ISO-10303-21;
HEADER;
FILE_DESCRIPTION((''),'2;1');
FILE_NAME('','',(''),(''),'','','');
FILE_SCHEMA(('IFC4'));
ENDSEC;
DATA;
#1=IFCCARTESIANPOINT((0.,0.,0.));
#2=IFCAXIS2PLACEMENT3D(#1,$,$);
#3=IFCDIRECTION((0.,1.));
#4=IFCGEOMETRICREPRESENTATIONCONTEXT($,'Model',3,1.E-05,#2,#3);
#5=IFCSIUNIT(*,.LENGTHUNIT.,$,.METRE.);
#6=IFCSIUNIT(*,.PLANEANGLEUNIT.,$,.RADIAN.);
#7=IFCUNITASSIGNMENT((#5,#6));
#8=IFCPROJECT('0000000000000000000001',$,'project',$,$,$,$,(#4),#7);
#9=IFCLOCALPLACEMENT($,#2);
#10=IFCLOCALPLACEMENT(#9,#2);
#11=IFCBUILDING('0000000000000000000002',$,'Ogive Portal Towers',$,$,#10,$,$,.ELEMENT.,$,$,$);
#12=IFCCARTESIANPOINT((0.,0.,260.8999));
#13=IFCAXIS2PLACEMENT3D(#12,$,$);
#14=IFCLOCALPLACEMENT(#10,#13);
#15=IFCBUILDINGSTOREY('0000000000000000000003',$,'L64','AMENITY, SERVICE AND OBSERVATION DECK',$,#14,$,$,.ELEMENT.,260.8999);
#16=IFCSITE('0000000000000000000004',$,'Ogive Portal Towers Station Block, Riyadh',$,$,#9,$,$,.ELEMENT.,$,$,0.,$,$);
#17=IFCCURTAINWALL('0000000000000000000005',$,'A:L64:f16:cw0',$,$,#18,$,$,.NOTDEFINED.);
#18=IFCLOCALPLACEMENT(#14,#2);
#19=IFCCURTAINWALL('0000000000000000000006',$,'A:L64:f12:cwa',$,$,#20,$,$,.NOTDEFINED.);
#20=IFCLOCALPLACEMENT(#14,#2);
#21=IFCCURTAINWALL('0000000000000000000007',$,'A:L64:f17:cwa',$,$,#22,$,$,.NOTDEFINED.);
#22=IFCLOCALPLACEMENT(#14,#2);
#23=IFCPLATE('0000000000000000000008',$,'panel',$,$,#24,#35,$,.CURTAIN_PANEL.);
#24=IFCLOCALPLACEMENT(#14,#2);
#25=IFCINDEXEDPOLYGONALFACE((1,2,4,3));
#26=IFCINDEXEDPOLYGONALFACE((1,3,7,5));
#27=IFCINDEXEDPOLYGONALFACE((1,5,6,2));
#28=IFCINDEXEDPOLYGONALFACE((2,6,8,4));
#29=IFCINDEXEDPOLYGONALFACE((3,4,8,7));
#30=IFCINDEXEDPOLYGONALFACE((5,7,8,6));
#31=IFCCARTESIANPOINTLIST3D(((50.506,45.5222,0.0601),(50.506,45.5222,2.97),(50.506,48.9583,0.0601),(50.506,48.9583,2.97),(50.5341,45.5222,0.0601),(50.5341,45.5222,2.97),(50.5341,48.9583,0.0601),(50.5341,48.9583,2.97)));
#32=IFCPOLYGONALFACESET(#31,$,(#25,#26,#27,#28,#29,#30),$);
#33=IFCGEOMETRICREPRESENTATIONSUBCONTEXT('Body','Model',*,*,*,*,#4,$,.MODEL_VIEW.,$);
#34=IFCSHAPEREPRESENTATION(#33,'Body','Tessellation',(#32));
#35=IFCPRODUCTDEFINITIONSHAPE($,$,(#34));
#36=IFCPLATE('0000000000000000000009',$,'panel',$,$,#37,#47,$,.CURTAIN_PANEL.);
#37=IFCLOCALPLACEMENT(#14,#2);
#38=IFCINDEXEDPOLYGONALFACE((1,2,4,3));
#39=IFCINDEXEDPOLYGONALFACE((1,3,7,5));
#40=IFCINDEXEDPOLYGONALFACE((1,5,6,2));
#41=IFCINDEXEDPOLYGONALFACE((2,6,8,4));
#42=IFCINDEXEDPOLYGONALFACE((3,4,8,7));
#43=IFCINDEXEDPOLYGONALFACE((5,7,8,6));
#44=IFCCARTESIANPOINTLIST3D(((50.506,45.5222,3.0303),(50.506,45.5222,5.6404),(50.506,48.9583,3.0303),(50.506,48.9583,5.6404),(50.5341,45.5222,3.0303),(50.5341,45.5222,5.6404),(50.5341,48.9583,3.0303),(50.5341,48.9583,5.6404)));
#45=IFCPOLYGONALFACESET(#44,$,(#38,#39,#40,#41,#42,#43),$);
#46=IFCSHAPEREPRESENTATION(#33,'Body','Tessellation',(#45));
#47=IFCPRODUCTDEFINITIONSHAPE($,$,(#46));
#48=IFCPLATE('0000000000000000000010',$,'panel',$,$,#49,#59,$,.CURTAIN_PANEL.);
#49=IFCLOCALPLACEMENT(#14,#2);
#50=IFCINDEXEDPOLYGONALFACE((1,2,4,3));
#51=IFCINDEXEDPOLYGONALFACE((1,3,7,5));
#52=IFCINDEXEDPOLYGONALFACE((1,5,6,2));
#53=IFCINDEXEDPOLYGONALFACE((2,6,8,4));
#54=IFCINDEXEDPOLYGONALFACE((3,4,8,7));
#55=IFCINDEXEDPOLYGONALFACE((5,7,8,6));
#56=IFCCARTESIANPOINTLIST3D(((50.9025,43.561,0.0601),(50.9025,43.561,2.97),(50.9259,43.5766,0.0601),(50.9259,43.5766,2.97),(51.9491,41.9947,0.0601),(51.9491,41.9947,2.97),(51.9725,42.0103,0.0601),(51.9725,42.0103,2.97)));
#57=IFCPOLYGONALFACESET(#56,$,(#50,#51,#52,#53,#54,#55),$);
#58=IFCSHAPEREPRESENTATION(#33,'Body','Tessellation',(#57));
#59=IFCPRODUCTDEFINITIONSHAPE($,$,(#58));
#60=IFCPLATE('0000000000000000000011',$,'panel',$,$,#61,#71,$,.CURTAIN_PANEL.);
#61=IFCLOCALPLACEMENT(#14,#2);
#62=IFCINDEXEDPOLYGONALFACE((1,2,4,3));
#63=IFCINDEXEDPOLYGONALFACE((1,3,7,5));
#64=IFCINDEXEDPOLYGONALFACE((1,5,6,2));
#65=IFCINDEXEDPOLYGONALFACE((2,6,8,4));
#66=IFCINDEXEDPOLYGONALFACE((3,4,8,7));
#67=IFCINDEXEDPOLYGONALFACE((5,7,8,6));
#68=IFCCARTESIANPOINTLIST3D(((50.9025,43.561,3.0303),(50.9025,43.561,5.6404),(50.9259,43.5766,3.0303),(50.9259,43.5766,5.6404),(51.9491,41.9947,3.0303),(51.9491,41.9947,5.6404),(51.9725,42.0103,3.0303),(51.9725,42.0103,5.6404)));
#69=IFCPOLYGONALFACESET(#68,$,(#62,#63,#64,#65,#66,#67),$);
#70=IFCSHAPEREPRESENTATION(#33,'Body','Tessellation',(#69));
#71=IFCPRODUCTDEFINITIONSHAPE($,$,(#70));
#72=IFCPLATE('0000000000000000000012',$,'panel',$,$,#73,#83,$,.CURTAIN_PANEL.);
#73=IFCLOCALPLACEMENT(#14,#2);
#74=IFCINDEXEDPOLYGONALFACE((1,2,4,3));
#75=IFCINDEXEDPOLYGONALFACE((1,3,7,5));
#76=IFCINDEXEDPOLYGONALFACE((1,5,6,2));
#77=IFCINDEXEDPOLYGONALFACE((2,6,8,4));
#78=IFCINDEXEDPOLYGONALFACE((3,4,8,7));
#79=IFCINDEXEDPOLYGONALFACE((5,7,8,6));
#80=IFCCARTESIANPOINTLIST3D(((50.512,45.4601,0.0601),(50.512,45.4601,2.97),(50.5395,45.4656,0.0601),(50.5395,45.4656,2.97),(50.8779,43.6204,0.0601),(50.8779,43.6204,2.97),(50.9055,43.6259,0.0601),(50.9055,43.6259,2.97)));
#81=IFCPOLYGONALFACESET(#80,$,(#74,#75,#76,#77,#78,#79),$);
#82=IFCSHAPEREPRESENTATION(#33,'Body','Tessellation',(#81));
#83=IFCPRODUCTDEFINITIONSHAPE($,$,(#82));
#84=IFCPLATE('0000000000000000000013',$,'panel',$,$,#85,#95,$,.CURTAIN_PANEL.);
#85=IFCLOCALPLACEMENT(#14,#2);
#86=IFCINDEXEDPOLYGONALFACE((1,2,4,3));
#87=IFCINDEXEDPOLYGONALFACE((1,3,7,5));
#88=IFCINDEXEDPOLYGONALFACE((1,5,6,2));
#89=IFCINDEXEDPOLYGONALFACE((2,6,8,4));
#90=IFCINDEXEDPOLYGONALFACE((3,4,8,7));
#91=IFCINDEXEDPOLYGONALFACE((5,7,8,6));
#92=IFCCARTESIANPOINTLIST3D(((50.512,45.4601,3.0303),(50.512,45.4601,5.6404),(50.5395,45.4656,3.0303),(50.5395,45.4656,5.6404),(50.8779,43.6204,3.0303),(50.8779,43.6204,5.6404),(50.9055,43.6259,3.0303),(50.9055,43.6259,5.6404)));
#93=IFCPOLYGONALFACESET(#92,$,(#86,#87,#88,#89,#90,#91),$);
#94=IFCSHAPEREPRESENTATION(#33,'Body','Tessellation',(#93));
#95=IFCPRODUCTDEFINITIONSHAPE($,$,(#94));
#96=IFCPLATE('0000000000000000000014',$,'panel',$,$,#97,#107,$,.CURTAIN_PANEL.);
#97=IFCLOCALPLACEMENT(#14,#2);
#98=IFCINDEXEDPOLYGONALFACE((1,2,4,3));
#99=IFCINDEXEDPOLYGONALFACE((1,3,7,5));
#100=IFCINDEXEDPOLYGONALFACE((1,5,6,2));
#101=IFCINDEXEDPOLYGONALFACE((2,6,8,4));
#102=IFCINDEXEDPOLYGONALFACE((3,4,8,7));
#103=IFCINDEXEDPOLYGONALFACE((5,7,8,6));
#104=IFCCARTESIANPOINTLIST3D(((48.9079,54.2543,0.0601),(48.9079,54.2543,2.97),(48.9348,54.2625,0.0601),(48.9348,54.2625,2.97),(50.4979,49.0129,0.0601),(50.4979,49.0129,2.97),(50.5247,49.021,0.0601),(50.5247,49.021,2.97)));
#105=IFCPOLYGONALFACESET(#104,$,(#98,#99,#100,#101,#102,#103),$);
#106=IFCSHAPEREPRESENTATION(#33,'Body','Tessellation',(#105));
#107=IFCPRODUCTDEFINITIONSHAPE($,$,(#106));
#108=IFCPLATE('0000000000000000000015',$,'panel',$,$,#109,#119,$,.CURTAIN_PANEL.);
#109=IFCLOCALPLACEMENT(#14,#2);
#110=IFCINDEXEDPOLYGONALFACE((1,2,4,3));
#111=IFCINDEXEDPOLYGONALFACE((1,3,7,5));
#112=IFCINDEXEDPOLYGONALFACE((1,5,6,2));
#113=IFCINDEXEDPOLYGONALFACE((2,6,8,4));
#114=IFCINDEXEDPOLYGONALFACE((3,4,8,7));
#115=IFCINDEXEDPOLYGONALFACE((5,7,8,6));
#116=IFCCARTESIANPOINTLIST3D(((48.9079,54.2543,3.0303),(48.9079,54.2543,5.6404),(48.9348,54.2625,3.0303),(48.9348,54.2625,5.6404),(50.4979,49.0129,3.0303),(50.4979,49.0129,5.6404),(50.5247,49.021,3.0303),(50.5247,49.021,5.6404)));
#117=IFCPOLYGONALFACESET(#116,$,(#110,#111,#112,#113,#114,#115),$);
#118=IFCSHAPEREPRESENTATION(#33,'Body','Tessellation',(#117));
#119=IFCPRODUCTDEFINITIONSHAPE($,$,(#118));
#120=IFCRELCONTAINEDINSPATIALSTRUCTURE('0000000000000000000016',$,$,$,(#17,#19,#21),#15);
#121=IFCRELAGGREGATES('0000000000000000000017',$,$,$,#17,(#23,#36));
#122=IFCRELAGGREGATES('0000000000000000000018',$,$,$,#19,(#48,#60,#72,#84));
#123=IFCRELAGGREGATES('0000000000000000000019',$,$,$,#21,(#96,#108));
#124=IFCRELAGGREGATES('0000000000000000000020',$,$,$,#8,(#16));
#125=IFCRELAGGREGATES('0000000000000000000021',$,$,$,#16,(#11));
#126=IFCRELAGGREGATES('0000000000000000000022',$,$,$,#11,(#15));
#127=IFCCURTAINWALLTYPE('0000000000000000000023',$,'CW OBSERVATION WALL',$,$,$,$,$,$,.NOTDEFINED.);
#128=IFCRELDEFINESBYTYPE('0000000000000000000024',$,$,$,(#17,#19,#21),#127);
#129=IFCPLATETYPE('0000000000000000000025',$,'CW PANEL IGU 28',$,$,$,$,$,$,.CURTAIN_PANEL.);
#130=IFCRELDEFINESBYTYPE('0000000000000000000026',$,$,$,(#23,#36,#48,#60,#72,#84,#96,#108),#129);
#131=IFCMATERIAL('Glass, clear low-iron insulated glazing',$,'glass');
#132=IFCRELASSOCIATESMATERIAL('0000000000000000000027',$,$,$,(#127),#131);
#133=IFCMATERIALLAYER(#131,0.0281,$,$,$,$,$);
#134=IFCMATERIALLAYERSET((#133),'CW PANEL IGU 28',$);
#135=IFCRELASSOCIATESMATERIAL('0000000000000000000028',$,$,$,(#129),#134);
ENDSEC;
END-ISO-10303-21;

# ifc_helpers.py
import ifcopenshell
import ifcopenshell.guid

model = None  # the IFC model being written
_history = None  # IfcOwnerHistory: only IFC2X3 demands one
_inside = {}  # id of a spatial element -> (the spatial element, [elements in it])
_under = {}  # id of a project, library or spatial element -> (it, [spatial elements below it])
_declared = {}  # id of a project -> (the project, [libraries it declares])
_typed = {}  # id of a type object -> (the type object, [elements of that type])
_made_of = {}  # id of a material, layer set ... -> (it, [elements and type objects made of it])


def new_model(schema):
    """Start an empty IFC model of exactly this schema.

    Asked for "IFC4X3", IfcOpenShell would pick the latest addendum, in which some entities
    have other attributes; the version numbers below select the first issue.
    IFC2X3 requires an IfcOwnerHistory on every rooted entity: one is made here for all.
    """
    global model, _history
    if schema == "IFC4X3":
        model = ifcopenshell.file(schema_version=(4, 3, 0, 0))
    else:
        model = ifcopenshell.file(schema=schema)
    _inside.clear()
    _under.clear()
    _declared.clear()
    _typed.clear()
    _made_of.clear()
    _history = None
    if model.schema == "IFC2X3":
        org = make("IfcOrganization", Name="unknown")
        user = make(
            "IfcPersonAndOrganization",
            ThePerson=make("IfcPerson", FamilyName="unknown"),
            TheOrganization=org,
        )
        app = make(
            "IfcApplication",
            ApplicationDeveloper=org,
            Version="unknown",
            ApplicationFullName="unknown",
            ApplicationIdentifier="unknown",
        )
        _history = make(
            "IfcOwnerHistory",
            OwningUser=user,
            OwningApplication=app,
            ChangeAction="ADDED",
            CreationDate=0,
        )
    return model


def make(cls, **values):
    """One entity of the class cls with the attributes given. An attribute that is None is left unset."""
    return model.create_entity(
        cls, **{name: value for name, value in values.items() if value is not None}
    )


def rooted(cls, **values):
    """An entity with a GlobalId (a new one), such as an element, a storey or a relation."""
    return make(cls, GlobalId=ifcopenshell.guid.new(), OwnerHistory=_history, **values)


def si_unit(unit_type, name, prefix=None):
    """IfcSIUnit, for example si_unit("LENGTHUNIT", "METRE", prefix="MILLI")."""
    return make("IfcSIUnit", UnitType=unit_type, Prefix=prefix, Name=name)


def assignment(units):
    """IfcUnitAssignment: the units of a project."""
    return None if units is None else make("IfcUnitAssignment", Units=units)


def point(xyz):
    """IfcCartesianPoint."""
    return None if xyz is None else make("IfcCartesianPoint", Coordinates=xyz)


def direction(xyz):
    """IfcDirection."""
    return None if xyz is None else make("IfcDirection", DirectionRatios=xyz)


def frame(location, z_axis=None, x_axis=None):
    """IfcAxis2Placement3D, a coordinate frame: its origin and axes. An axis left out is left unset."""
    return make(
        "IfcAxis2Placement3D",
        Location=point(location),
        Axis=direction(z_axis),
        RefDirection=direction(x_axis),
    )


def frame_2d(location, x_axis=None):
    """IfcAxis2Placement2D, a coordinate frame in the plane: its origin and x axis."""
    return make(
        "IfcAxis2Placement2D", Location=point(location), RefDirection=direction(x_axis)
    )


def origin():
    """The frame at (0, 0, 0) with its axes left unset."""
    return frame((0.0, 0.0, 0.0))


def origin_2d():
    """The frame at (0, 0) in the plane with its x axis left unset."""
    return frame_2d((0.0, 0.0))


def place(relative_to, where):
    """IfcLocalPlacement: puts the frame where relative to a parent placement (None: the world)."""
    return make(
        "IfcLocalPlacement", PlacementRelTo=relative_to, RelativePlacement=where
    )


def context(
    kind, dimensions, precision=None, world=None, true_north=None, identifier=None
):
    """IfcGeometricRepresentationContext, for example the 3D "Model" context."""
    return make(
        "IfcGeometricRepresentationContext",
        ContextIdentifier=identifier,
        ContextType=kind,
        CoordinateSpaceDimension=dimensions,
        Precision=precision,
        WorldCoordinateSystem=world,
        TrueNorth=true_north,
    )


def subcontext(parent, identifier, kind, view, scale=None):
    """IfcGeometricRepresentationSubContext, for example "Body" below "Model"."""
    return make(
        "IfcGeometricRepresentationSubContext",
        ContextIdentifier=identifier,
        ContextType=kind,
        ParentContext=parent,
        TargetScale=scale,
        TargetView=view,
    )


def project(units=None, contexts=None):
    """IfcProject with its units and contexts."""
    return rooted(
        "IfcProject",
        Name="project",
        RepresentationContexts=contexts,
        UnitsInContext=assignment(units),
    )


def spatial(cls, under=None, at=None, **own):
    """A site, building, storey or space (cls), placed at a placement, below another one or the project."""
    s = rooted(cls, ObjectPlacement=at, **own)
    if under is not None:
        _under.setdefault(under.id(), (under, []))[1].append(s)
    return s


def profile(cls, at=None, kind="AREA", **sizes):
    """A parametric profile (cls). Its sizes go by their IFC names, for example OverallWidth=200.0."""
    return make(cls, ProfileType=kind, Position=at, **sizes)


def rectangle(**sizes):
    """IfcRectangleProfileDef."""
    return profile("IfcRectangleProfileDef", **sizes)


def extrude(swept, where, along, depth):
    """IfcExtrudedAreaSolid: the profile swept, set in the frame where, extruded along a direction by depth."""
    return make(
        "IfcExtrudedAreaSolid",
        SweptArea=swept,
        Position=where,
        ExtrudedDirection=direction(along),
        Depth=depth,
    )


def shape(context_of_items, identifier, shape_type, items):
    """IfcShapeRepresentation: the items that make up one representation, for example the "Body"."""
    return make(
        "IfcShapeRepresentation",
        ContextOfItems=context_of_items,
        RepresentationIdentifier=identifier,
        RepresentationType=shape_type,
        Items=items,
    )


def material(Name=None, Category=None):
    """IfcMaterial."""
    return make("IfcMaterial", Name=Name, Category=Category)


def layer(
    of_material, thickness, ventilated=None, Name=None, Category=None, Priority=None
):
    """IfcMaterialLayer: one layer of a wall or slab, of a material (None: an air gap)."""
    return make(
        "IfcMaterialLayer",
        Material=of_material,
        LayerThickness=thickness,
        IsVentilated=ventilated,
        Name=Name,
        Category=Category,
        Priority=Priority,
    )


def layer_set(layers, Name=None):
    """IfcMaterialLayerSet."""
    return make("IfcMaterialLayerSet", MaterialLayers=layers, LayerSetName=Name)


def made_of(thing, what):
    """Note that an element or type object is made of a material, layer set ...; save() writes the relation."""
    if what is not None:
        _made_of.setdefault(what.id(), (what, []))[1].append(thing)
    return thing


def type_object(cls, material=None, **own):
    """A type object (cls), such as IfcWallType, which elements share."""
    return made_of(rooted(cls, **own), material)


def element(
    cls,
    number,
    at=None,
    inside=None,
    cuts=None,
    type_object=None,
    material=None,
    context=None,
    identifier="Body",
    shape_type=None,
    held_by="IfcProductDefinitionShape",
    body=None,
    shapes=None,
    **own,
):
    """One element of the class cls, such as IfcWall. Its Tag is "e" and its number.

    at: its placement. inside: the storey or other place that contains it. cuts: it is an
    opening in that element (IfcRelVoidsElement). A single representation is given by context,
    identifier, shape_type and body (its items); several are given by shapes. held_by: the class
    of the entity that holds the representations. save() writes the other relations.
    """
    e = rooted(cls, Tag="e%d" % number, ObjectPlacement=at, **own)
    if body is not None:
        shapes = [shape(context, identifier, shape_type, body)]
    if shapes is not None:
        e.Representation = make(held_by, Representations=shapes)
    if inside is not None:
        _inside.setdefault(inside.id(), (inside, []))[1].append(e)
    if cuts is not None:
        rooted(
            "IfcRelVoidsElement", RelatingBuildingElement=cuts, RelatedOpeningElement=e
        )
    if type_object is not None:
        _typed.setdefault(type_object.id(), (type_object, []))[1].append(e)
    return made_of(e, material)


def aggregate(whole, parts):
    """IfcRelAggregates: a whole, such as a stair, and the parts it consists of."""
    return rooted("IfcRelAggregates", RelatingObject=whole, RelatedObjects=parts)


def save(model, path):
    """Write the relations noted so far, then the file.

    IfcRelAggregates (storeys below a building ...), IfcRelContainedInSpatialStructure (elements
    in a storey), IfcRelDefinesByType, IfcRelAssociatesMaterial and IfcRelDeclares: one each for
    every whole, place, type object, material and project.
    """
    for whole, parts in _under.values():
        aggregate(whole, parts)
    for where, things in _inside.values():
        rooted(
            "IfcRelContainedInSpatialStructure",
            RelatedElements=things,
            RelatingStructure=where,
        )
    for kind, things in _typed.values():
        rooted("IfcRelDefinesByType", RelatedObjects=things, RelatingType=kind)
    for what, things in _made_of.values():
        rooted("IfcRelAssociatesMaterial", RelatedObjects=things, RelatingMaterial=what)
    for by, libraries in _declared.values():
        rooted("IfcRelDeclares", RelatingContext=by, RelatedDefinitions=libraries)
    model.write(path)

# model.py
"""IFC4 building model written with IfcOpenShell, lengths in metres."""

from ifc_helpers import new_model, si_unit, direction, frame, origin, origin_2d, place, context, subcontext, project, spatial, rectangle, extrude, material, layer, layer_set, type_object, element, aggregate, save


model = new_model("IFC4")

# Units and contexts
model_context = context("Model", 3, precision=1e-05, world=origin(), true_north=direction((0.0, 1.0)))
body_context = subcontext(model_context, "Body", "Model", "MODEL_VIEW")
ifc_project = project(units=[si_unit("LENGTHUNIT", "METRE"), si_unit("PLANEANGLEUNIT", "RADIAN")], contexts=[model_context])

# Site, building, storey
site_placement = place(None, origin())
site = spatial("IfcSite", under=ifc_project, at=site_placement, Name="Ogive Portal Towers Station Block, Riyadh", CompositionType="ELEMENT", RefElevation=0.0)
building_placement = place(site_placement, origin())
building = spatial("IfcBuilding", under=site, at=building_placement, Name="Ogive Portal Towers", CompositionType="ELEMENT")
storey_placement = place(building_placement, frame((0.0, 0.0, 260.8999)))
storey = spatial("IfcBuildingStorey", under=building, at=storey_placement, Name="L64", Description="AMENITY, SERVICE AND OBSERVATION DECK", CompositionType="ELEMENT", Elevation=260.8999)

# Curtain wall
ifc_material_1 = material(Name="Glass, clear low-iron insulated glazing", Category="glass")
curtain_wall_type = type_object("IfcCurtainWallType", Name="CW OBSERVATION WALL", PredefinedType="NOTDEFINED", material=ifc_material_1)
curtain_wall_1_placement = place(storey_placement, origin())
curtain_wall_1 = element("IfcCurtainWall", 1, at=curtain_wall_1_placement, inside=storey, type_object=curtain_wall_type, Name="A:L64:f16:cw0", PredefinedType="NOTDEFINED")

# Curtain wall
curtain_wall_2_placement = place(storey_placement, origin())
curtain_wall_2 = element("IfcCurtainWall", 2, at=curtain_wall_2_placement, inside=storey, type_object=curtain_wall_type, Name="A:L64:f12:cwa", PredefinedType="NOTDEFINED")

# Curtain wall
curtain_wall_3_placement = place(storey_placement, origin())
curtain_wall_3 = element("IfcCurtainWall", 3, at=curtain_wall_3_placement, inside=storey, type_object=curtain_wall_type, Name="A:L64:f17:cwa", PredefinedType="NOTDEFINED")

# Plates
ifc_layer = layer(ifc_material_1, 0.0281)
ifc_layer_set = layer_set([ifc_layer], Name="CW PANEL IGU 28")
plate_type = type_object("IfcPlateType", Name="CW PANEL IGU 28", PredefinedType="CURTAIN_PANEL", material=ifc_layer_set)
plate_1_placement = place(storey_placement, frame((50.52, 47.2402, 0.0601), z_axis=(0.0, 0.0, 1.0), x_axis=(0.0, 1.0, 0.0)))
plate_1 = element("IfcPlate", 4, at=plate_1_placement, type_object=plate_type, Name="panel", PredefinedType="CURTAIN_PANEL", context=body_context, shape_type="SweptSolid", body=[
    extrude(rectangle(XDim=3.436, YDim=0.0281, at=origin_2d()), origin(), (0.0, 0.0, 1.0), 2.9099),
])
plate_2_placement = place(storey_placement, frame((50.52, 47.2402, 3.0303), z_axis=(0.0, 0.0, 1.0), x_axis=(0.0, 1.0, 0.0)))
plate_2 = element("IfcPlate", 5, at=plate_2_placement, type_object=plate_type, Name="panel", PredefinedType="CURTAIN_PANEL", context=body_context, shape_type="SweptSolid", body=[
    extrude(rectangle(XDim=3.436, YDim=0.0281, at=origin_2d()), origin(), (0.0, 0.0, 1.0), 2.6101),
])
aggregate(curtain_wall_1, [plate_1, plate_2])
plate_3_placement = place(storey_placement, frame((51.4375, 42.7856, 0.0601), z_axis=(0.0, 0.0, 1.0), x_axis=(-0.55557, 0.83147, 0.0)))
plate_3 = element("IfcPlate", 6, at=plate_3_placement, type_object=plate_type, Name="panel", PredefinedType="CURTAIN_PANEL", context=body_context, shape_type="SweptSolid", body=[
    extrude(rectangle(XDim=1.8838, YDim=0.0281, at=origin_2d()), origin(), (0.0, 0.0, 1.0), 2.9099),
])
plate_4_placement = place(storey_placement, frame((51.4375, 42.7856, 3.0303), z_axis=(0.0, 0.0, 1.0), x_axis=(-0.55557, 0.83147, 0.0)))
plate_4 = element("IfcPlate", 7, at=plate_4_placement, type_object=plate_type, Name="panel", PredefinedType="CURTAIN_PANEL", context=body_context, shape_type="SweptSolid", body=[
    extrude(rectangle(XDim=1.8838, YDim=0.0281, at=origin_2d()), origin(), (0.0, 0.0, 1.0), 2.6101),
])
plate_5_placement = place(storey_placement, frame((50.7087, 44.543, 0.0601), z_axis=(0.0, 0.0, 1.0), x_axis=(-0.19509, 0.980785, 0.0)))
plate_5 = element("IfcPlate", 8, at=plate_5_placement, type_object=plate_type, Name="panel", PredefinedType="CURTAIN_PANEL", context=body_context, shape_type="SweptSolid", body=[
    extrude(rectangle(XDim=1.8757, YDim=0.0281, at=origin_2d()), origin(), (0.0, 0.0, 1.0), 2.9099),
])
plate_6_placement = place(storey_placement, frame((50.7087, 44.543, 3.0303), z_axis=(0.0, 0.0, 1.0), x_axis=(-0.19509, 0.980785, 0.0)))
plate_6 = element("IfcPlate", 9, at=plate_6_placement, type_object=plate_type, Name="panel", PredefinedType="CURTAIN_PANEL", context=body_context, shape_type="SweptSolid", body=[
    extrude(rectangle(XDim=1.8757, YDim=0.0281, at=origin_2d()), origin(), (0.0, 0.0, 1.0), 2.6101),
])
aggregate(curtain_wall_2, [plate_3, plate_4, plate_5, plate_6])
plate_7_placement = place(storey_placement, frame((49.7163, 51.6377, 0.0601), z_axis=(0.0, 0.0, 1.0), x_axis=(-0.290285, 0.95694, 0.0)))
plate_7 = element("IfcPlate", 10, at=plate_7_placement, type_object=plate_type, Name="panel", PredefinedType="CURTAIN_PANEL", context=body_context, shape_type="SweptSolid", body=[
    extrude(rectangle(XDim=5.4773, YDim=0.0281, at=origin_2d()), origin(), (0.0, 0.0, 1.0), 2.9099),
])
plate_8_placement = place(storey_placement, frame((49.7163, 51.6377, 3.0303), z_axis=(0.0, 0.0, 1.0), x_axis=(-0.290285, 0.95694, 0.0)))
plate_8 = element("IfcPlate", 11, at=plate_8_placement, type_object=plate_type, Name="panel", PredefinedType="CURTAIN_PANEL", context=body_context, shape_type="SweptSolid", body=[
    extrude(rectangle(XDim=5.4773, YDim=0.0281, at=origin_2d()), origin(), (0.0, 0.0, 1.0), 2.6101),
])
aggregate(curtain_wall_3, [plate_7, plate_8])

save(model, "model.ifc")
